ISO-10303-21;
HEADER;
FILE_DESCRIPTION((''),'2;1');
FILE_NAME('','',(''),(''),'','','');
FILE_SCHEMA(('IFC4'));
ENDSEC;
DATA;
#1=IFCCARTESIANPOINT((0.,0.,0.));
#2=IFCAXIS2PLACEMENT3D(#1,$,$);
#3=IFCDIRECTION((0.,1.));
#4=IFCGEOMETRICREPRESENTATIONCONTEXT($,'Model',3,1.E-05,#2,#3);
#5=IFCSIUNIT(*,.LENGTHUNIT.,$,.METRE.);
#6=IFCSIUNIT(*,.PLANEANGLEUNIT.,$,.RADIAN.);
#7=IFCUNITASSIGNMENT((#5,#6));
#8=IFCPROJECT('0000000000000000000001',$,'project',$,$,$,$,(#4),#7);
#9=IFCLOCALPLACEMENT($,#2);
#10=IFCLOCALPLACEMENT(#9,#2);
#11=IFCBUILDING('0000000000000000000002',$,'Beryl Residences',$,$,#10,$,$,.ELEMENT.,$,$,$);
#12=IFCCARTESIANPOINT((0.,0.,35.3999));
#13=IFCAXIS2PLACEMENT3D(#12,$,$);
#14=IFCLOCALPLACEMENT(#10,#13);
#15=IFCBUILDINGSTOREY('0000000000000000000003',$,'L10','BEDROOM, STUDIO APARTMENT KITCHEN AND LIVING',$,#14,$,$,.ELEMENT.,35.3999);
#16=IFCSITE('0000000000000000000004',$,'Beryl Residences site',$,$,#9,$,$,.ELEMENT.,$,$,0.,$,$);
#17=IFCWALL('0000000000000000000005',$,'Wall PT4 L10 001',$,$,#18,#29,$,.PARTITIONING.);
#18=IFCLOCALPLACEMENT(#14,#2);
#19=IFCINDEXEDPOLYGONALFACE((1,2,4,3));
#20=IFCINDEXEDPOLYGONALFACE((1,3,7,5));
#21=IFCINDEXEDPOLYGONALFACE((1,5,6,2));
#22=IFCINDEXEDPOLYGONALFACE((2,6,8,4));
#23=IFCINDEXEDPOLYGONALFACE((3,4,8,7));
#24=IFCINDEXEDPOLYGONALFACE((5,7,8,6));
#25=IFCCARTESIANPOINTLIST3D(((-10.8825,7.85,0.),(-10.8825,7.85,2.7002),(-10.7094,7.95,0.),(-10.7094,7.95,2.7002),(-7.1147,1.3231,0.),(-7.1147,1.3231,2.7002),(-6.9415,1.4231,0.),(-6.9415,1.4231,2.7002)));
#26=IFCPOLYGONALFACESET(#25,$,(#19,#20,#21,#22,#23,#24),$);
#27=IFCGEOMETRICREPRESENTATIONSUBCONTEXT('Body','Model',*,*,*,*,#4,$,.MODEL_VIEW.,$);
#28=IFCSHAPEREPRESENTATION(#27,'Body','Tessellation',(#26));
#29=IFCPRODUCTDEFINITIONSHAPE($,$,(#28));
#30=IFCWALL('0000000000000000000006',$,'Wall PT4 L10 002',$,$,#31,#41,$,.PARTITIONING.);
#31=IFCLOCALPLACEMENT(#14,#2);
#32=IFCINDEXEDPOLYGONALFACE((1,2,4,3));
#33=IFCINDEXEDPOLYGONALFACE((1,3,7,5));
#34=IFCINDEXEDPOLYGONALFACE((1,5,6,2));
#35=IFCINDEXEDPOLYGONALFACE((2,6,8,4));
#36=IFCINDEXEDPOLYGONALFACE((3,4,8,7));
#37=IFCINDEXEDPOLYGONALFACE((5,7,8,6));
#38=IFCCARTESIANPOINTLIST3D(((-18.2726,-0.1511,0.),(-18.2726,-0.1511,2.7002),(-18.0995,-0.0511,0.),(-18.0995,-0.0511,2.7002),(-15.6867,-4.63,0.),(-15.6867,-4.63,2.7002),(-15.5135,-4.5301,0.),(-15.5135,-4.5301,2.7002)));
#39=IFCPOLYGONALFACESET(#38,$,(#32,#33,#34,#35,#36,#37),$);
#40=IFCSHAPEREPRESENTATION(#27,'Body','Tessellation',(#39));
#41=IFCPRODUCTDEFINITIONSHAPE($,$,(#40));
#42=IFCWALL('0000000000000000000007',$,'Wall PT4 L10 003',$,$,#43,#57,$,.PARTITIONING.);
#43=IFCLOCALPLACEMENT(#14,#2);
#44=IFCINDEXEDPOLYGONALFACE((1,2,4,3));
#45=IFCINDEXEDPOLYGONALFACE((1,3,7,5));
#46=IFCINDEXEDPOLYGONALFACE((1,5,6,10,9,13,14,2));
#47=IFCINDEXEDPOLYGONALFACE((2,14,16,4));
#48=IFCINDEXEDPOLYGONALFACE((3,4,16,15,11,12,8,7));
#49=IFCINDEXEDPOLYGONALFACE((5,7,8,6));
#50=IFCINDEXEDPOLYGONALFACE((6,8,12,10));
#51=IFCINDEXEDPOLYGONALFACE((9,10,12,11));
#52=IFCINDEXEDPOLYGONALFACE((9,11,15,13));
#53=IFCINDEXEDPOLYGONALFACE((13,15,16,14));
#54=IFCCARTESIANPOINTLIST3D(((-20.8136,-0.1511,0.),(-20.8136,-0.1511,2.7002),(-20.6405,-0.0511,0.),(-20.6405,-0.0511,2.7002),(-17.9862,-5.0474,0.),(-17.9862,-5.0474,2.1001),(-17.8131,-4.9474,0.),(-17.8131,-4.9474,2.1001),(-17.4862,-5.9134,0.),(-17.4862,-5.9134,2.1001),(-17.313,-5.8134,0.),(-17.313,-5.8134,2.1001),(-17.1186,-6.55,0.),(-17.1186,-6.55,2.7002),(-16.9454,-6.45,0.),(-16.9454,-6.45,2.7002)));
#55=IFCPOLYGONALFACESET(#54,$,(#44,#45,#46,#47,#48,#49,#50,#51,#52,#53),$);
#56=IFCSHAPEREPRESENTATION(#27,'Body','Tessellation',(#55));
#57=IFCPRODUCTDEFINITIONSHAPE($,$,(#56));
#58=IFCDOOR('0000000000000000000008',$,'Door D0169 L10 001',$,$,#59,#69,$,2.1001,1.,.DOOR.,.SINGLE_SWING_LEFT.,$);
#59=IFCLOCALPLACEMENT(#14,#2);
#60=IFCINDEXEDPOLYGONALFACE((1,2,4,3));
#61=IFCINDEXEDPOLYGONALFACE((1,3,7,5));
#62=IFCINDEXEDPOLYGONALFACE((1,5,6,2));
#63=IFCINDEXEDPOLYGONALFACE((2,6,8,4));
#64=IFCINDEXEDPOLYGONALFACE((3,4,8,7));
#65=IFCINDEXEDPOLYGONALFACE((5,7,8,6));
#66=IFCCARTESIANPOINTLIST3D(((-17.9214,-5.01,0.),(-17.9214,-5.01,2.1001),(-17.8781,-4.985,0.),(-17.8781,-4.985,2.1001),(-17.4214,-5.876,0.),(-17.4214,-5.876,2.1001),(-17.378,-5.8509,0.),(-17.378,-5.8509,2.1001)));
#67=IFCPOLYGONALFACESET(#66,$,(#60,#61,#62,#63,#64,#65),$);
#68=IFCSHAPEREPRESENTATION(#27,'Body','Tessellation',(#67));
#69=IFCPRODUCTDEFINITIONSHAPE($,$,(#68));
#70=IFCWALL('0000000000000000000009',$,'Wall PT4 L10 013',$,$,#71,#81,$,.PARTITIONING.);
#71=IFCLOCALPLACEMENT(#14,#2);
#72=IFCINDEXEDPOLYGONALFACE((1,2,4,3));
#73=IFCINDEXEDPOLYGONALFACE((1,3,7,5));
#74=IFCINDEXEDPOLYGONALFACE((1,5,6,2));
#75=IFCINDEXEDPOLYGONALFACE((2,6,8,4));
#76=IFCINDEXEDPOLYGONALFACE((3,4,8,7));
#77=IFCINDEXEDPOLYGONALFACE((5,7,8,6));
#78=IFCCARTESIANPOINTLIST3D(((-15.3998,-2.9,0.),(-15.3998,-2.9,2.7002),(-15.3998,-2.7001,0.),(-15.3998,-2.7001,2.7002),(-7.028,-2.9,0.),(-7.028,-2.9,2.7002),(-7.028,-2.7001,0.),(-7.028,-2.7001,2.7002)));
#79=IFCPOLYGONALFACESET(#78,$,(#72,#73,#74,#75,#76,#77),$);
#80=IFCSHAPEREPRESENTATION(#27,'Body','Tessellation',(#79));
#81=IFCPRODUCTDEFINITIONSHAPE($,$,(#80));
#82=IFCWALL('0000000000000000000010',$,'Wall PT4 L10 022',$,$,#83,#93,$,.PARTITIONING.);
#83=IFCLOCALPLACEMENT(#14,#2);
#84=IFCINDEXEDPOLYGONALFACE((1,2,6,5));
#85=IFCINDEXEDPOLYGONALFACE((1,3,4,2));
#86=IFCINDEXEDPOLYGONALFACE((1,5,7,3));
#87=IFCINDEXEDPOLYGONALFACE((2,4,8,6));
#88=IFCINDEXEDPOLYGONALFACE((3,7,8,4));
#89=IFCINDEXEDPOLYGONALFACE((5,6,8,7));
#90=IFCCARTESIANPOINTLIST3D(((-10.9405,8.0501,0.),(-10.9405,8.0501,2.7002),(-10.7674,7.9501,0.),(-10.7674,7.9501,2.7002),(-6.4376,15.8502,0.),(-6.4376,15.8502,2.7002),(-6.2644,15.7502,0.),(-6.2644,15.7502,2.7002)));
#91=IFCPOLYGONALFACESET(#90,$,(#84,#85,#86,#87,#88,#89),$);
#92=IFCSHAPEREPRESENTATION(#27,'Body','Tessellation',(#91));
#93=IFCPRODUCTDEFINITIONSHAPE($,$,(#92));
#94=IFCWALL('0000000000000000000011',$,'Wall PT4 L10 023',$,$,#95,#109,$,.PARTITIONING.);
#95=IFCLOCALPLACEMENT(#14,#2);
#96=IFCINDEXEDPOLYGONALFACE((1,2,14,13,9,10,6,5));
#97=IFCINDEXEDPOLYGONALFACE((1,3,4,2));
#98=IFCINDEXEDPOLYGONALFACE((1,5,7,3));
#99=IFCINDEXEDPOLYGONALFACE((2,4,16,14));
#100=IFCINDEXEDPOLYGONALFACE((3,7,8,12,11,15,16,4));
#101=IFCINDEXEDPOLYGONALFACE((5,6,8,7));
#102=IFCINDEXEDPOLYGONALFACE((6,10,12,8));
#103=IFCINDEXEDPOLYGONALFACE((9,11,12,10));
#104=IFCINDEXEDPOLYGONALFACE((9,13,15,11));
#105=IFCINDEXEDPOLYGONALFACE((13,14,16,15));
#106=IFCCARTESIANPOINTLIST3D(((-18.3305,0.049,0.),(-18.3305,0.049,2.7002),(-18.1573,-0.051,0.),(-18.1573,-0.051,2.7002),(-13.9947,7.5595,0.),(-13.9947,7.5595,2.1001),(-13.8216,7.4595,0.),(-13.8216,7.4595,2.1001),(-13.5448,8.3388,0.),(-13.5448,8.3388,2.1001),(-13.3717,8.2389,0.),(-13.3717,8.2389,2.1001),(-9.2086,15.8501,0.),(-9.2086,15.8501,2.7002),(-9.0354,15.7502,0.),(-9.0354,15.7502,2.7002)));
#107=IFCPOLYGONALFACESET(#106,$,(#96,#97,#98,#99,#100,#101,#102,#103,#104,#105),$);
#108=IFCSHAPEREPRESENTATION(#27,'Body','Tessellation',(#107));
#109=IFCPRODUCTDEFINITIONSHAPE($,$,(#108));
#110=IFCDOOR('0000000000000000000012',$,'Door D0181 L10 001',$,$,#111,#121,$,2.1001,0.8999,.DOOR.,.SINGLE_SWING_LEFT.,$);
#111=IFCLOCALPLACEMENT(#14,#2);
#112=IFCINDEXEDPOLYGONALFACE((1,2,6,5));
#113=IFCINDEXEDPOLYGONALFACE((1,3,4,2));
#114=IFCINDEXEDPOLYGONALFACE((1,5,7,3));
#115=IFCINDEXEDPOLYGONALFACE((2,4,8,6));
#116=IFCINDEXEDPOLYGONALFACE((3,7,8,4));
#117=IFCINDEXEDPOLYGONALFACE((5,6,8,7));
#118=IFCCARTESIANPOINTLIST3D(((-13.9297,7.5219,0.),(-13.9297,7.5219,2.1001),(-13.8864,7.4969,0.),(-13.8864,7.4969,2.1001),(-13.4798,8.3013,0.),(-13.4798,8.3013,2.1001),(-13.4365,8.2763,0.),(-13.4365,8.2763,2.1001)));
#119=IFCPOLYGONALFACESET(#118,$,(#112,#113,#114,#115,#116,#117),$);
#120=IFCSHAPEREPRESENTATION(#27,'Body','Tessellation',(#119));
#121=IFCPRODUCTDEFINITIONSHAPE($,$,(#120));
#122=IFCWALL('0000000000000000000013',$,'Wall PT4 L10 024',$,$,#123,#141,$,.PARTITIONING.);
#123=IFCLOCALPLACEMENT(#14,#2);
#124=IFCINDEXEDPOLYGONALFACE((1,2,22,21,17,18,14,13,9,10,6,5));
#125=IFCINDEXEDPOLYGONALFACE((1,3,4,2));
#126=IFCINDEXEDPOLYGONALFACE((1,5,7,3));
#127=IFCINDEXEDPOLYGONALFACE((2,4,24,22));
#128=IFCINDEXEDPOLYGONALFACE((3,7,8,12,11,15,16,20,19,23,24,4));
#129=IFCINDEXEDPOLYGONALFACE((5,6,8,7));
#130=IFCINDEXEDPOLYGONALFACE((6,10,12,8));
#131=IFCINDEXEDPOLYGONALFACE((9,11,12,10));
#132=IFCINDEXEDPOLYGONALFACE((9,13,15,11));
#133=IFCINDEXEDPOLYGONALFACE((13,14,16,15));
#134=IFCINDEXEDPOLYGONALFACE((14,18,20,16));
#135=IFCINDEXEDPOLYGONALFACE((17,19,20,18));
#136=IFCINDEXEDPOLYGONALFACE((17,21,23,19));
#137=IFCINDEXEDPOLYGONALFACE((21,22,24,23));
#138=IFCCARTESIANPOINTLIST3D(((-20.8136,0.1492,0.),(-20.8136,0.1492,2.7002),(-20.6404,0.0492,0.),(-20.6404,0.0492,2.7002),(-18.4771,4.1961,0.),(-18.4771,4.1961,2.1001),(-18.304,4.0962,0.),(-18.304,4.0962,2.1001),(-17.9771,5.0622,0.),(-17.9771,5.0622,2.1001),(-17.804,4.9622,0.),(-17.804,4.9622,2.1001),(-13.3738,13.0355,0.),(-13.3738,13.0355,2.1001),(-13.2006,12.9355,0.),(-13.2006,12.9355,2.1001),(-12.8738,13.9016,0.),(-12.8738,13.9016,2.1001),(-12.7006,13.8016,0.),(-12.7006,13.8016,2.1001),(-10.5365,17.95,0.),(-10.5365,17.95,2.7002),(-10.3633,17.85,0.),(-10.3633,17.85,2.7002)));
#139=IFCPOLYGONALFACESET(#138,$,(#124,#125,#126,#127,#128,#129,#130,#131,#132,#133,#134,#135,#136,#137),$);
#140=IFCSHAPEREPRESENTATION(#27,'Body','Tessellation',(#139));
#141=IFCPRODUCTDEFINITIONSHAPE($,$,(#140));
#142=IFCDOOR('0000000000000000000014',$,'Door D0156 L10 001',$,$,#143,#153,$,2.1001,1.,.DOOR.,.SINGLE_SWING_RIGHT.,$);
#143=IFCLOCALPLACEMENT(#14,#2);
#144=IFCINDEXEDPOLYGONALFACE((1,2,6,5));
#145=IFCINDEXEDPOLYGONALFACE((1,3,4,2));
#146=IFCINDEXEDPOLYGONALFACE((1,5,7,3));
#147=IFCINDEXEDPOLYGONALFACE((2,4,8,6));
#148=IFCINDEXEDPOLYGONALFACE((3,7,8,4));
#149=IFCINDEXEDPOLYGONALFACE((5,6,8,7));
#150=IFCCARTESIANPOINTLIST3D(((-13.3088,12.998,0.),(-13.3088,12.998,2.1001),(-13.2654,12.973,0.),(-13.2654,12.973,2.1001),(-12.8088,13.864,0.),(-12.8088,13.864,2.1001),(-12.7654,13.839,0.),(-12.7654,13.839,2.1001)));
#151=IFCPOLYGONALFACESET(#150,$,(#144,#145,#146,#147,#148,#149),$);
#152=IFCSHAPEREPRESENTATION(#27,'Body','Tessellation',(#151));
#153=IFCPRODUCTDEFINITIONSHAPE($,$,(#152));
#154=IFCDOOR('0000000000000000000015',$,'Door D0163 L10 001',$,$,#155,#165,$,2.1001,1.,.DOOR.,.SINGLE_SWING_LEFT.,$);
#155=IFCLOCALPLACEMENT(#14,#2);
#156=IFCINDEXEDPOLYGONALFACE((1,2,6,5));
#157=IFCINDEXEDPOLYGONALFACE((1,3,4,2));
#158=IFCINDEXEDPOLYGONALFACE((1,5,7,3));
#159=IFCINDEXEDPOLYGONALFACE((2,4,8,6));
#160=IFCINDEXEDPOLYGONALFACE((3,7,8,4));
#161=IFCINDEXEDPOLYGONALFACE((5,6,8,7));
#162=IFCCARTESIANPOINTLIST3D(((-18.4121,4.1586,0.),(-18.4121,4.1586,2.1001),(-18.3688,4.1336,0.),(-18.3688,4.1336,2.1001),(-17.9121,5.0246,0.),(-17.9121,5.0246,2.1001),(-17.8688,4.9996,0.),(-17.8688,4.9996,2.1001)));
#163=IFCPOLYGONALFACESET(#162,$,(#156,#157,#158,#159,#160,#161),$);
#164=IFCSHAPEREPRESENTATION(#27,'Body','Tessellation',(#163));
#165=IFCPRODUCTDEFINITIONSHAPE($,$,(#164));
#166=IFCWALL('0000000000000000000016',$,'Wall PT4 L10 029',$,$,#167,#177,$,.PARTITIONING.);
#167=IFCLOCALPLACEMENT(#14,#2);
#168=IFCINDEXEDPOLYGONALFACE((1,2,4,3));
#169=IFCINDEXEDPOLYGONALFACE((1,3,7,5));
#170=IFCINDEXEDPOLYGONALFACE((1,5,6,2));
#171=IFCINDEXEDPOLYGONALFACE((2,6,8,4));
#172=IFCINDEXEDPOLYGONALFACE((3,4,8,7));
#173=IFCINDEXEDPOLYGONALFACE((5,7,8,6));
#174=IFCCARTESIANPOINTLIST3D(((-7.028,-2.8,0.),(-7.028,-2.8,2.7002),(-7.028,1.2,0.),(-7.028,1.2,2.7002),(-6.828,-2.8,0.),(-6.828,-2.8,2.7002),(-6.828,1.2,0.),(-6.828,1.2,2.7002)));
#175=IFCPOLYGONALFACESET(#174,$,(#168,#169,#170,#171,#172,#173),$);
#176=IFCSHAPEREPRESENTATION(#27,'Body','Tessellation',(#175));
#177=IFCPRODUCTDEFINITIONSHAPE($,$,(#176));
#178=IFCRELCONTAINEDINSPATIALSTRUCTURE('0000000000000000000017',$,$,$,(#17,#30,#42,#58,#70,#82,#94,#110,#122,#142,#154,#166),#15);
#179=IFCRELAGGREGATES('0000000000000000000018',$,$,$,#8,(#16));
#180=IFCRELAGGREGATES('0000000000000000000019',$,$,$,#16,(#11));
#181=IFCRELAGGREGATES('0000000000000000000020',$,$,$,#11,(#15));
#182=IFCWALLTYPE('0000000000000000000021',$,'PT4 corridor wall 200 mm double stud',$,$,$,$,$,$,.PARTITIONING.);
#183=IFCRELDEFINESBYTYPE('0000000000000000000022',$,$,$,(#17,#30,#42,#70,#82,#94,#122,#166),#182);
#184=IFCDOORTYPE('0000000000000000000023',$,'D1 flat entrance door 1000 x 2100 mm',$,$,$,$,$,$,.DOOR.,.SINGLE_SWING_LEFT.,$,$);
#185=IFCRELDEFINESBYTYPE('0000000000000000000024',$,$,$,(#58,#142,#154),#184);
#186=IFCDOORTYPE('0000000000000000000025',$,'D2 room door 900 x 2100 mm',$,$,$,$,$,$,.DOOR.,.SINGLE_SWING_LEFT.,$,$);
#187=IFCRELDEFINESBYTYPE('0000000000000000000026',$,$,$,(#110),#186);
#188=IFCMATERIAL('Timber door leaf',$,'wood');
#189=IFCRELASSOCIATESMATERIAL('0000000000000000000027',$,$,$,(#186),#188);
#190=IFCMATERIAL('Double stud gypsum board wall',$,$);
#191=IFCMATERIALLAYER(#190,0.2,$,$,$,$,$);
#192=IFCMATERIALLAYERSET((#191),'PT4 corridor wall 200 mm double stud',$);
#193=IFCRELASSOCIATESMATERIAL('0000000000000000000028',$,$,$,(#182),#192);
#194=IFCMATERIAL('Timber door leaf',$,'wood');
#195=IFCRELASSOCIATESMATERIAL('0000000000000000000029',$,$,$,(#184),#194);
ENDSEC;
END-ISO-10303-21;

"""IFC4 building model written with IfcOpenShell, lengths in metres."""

from ifc_helpers import new_model, si_unit, direction, frame, frame_2d, origin, place, context, subcontext, project, spatial, rectangle, extrude, material, layer, layer_set, type_object, element, fill, save


model = new_model("IFC4")

# Units and contexts
model_context = context("Model", 3, precision=1e-05, world=origin(), true_north=direction((0.0, 1.0)))
body_context = subcontext(model_context, "Body", "Model", "MODEL_VIEW")
ifc_project = project(units=[si_unit("LENGTHUNIT", "METRE"), si_unit("PLANEANGLEUNIT", "RADIAN")], contexts=[model_context])

# Site, building, storey
site_placement = place(None, origin())
site = spatial("IfcSite", under=ifc_project, at=site_placement, Name="Beryl Residences site", CompositionType="ELEMENT", RefElevation=0.0)
building_placement = place(site_placement, origin())
building = spatial("IfcBuilding", under=site, at=building_placement, Name="Beryl Residences", CompositionType="ELEMENT")
storey_placement = place(building_placement, frame((0.0, 0.0, 35.3999)))
storey = spatial("IfcBuildingStorey", under=building, at=storey_placement, Name="L10", Description="BEDROOM, STUDIO APARTMENT KITCHEN AND LIVING", CompositionType="ELEMENT", Elevation=35.3999)

# Shared definitions
ifc_material_1 = material(Name="Timber door leaf", Category="wood")
door_type_1 = type_object("IfcDoorType", Name="D2 room door 900 x 2100 mm", OperationType="SINGLE_SWING_LEFT", PredefinedType="DOOR", material=ifc_material_1)

# Walls
ifc_material_2 = material(Name="Double stud gypsum board wall")
ifc_layer_1 = layer(ifc_material_2, 0.2)
ifc_layer_set_1 = layer_set([ifc_layer_1], Name="PT4 corridor wall 200 mm double stud")
wall_type_1 = type_object("IfcWallType", Name="PT4 corridor wall 200 mm double stud", PredefinedType="PARTITIONING", material=ifc_layer_set_1)
wall_1_placement = place(storey_placement, frame((-10.7959, 7.8999, 0.0), z_axis=(0.0, 0.0, 1.0), x_axis=(0.499954, -0.866052, 0.0)))
element("IfcWall", 1, at=wall_1_placement, inside=storey, type_object=wall_type_1, Name="Wall PT4 L10 001", PredefinedType="PARTITIONING", context=body_context, shape_type="SweptSolid", body=[
    extrude(rectangle(XDim=7.5364, YDim=0.2, at=frame_2d((3.7681, 0.0))), origin(), (0.0, 0.0, 1.0), 2.7002),
])
wall_2_placement = place(storey_placement, frame((-18.186, -0.1011, 0.0), z_axis=(0.0, 0.0, 1.0), x_axis=(0.499998, -0.866027, 0.0)))
element("IfcWall", 2, at=wall_2_placement, inside=storey, type_object=wall_type_1, Name="Wall PT4 L10 002", PredefinedType="PARTITIONING", context=body_context, shape_type="SweptSolid", body=[
    extrude(rectangle(XDim=5.1719, YDim=0.2, at=frame_2d((2.5859, 0.0))), origin(), (0.0, 0.0, 1.0), 2.7002),
])

# Wall, opening, door
wall_3_placement = place(storey_placement, frame((-20.7271, -0.1011, 0.0), z_axis=(0.0, 0.0, 1.0), x_axis=(0.500066, -0.865987, 0.0)))
wall_3 = element("IfcWall", 3, at=wall_3_placement, inside=storey, type_object=wall_type_1, Name="Wall PT4 L10 003", PredefinedType="PARTITIONING", context=body_context, shape_type="SweptSolid", body=[
    extrude(rectangle(XDim=7.3892, YDim=0.2, at=frame_2d((3.6946, 0.0))), origin(), (0.0, 0.0, 1.0), 2.7002),
])
opening_1_placement = place(wall_3_placement, frame((5.6541, 0.0, 0.0)))
opening_1 = element("IfcOpeningElement", 4, at=opening_1_placement, cuts=wall_3, PredefinedType="OPENING", context=body_context, shape_type="SweptSolid", body=[
    extrude(rectangle(XDim=1.0, YDim=2.1001, at=frame_2d((0.5, 1.05))), frame((0.0, 0.1099, 0.0), z_axis=(0.0, -1.0, 0.0), x_axis=(1.0, 0.0, 0.0)), (0.0, 0.0, 1.0), 0.22),
])
ifc_material_3 = material(Name="Timber door leaf", Category="wood")
door_type_2 = type_object("IfcDoorType", Name="D1 flat entrance door 1000 x 2100 mm", OperationType="SINGLE_SWING_LEFT", PredefinedType="DOOR", material=ifc_material_3)
door_1_placement = place(opening_1_placement, origin())
door_1 = element("IfcDoor", 5, at=door_1_placement, inside=storey, type_object=door_type_2, Name="Door D0169 L10 001", OperationType="SINGLE_SWING_LEFT", OverallHeight=2.1001, OverallWidth=1.0, PredefinedType="DOOR", context=body_context, shape_type="SweptSolid", body=[
    extrude(rectangle(XDim=1.0, YDim=2.1001, at=frame_2d((0.5, 1.05))), frame((0.0, 0.0249, 0.0), z_axis=(0.0, -1.0, 0.0), x_axis=(1.0, 0.0, 0.0)), (0.0, 0.0, 1.0), 0.05),
])
fill(opening_1, door_1)

# Walls
wall_4_placement = place(storey_placement, frame((-15.3999, -2.8, 0.0), z_axis=(0.0, 0.0, 1.0), x_axis=(1.0, 0.0, 0.0)))
element("IfcWall", 6, at=wall_4_placement, inside=storey, type_object=wall_type_1, Name="Wall PT4 L10 013", PredefinedType="PARTITIONING", context=body_context, shape_type="SweptSolid", body=[
    extrude(rectangle(XDim=8.3718, YDim=0.2, at=frame_2d((4.186, 0.0))), origin(), (0.0, 0.0, 1.0), 2.7002),
])
wall_5_placement = place(storey_placement, frame((-10.854, 8.0, 0.0), z_axis=(0.0, 0.0, 1.0), x_axis=(0.499964, 0.866046, 0.0)))
element("IfcWall", 7, at=wall_5_placement, inside=storey, type_object=wall_type_1, Name="Wall PT4 L10 022", PredefinedType="PARTITIONING", context=body_context, shape_type="SweptSolid", body=[
    extrude(rectangle(XDim=9.0066, YDim=0.2, at=frame_2d((4.5034, 0.0))), origin(), (0.0, 0.0, 1.0), 2.7002),
])

# Wall, opening, door
wall_6_placement = place(storey_placement, frame((-18.2439, -0.001, 0.0), z_axis=(0.0, 0.0, 1.0), x_axis=(0.499963, 0.866047, 0.0)))
wall_6 = element("IfcWall", 8, at=wall_6_placement, inside=storey, type_object=wall_type_1, Name="Wall PT4 L10 023", PredefinedType="PARTITIONING", context=body_context, shape_type="SweptSolid", body=[
    extrude(rectangle(XDim=18.2451, YDim=0.2, at=frame_2d((9.1226, 0.0))), origin(), (0.0, 0.0, 1.0), 2.7002),
])
opening_2_placement = place(wall_6_placement, frame((8.6721, 0.0, 0.0)))
opening_2 = element("IfcOpeningElement", 9, at=opening_2_placement, cuts=wall_6, PredefinedType="OPENING", context=body_context, shape_type="SweptSolid", body=[
    extrude(rectangle(XDim=0.8999, YDim=2.1001, at=frame_2d((0.45, 1.05))), frame((0.0, 0.1099, 0.0), z_axis=(0.0, -1.0, 0.0), x_axis=(1.0, 0.0, 0.0)), (0.0, 0.0, 1.0), 0.22),
])
door_2_placement = place(opening_2_placement, origin())
door_2 = element("IfcDoor", 10, at=door_2_placement, inside=storey, type_object=door_type_1, Name="Door D0181 L10 001", OperationType="SINGLE_SWING_LEFT", OverallHeight=2.1001, OverallWidth=0.8999, PredefinedType="DOOR", context=body_context, shape_type="SweptSolid", body=[
    extrude(rectangle(XDim=0.8999, YDim=2.1001, at=frame_2d((0.45, 1.05))), frame((0.0, 0.0249, 0.0), z_axis=(0.0, -1.0, 0.0), x_axis=(1.0, 0.0, 0.0)), (0.0, 0.0, 1.0), 0.05),
])
fill(opening_2, door_2)

# Wall, openings, doors
wall_7_placement = place(storey_placement, frame((-20.7271, 0.0991, 0.0), z_axis=(0.0, 0.0, 1.0), x_axis=(0.499993, 0.866029, 0.0)))
wall_7 = element("IfcWall", 11, at=wall_7_placement, inside=storey, type_object=wall_type_1, Name="Wall PT4 L10 024", PredefinedType="PARTITIONING", context=body_context, shape_type="SweptSolid", body=[
    extrude(rectangle(XDim=20.5544, YDim=0.2, at=frame_2d((10.2773, 0.0))), origin(), (0.0, 0.0, 1.0), 2.7002),
])
opening_3_placement = place(wall_7_placement, frame((14.8799, 0.0, 0.0)))
opening_3 = element("IfcOpeningElement", 12, at=opening_3_placement, cuts=wall_7, PredefinedType="OPENING", context=body_context, shape_type="SweptSolid", body=[
    extrude(rectangle(XDim=1.0, YDim=2.1001, at=frame_2d((0.5, 1.05))), frame((0.0, 0.1099, 0.0), z_axis=(0.0, -1.0, 0.0), x_axis=(1.0, 0.0, 0.0)), (0.0, 0.0, 1.0), 0.22),
])
opening_4_placement = place(wall_7_placement, frame((4.6731, 0.0, 0.0)))
opening_4 = element("IfcOpeningElement", 13, at=opening_4_placement, cuts=wall_7, PredefinedType="OPENING", context=body_context, shape_type="SweptSolid", body=[
    extrude(rectangle(XDim=1.0, YDim=2.1001, at=frame_2d((0.5, 1.05))), frame((0.0, 0.1099, 0.0), z_axis=(0.0, -1.0, 0.0), x_axis=(1.0, 0.0, 0.0)), (0.0, 0.0, 1.0), 0.22),
])
door_3_placement = place(opening_3_placement, origin())
door_3 = element("IfcDoor", 14, at=door_3_placement, inside=storey, type_object=door_type_2, Name="Door D0156 L10 001", OperationType="SINGLE_SWING_RIGHT", OverallHeight=2.1001, OverallWidth=1.0, PredefinedType="DOOR", context=body_context, shape_type="SweptSolid", body=[
    extrude(rectangle(XDim=1.0, YDim=2.1001, at=frame_2d((0.5, 1.05))), frame((0.0, 0.0249, 0.0), z_axis=(0.0, -1.0, 0.0), x_axis=(1.0, 0.0, 0.0)), (0.0, 0.0, 1.0), 0.05),
])
fill(opening_3, door_3)
door_4_placement = place(opening_4_placement, origin())
door_4 = element("IfcDoor", 15, at=door_4_placement, inside=storey, type_object=door_type_2, Name="Door D0163 L10 001", OperationType="SINGLE_SWING_LEFT", OverallHeight=2.1001, OverallWidth=1.0, PredefinedType="DOOR", context=body_context, shape_type="SweptSolid", body=[
    extrude(rectangle(XDim=1.0, YDim=2.1001, at=frame_2d((0.5, 1.05))), frame((0.0, 0.0249, 0.0), z_axis=(0.0, -1.0, 0.0), x_axis=(1.0, 0.0, 0.0)), (0.0, 0.0, 1.0), 0.05),
])
fill(opening_4, door_4)

# Wall
wall_8_placement = place(storey_placement, frame((-6.928, -2.8, 0.0), z_axis=(0.0, 0.0, 1.0), x_axis=(0.0, 1.0, 0.0)))
element("IfcWall", 16, at=wall_8_placement, inside=storey, type_object=wall_type_1, Name="Wall PT4 L10 029", PredefinedType="PARTITIONING", context=body_context, shape_type="SweptSolid", body=[
    extrude(rectangle(XDim=4.0, YDim=0.2, at=frame_2d((2.0, 0.0))), origin(), (0.0, 0.0, 1.0), 2.7002),
])

save(model, "model.ifc")
